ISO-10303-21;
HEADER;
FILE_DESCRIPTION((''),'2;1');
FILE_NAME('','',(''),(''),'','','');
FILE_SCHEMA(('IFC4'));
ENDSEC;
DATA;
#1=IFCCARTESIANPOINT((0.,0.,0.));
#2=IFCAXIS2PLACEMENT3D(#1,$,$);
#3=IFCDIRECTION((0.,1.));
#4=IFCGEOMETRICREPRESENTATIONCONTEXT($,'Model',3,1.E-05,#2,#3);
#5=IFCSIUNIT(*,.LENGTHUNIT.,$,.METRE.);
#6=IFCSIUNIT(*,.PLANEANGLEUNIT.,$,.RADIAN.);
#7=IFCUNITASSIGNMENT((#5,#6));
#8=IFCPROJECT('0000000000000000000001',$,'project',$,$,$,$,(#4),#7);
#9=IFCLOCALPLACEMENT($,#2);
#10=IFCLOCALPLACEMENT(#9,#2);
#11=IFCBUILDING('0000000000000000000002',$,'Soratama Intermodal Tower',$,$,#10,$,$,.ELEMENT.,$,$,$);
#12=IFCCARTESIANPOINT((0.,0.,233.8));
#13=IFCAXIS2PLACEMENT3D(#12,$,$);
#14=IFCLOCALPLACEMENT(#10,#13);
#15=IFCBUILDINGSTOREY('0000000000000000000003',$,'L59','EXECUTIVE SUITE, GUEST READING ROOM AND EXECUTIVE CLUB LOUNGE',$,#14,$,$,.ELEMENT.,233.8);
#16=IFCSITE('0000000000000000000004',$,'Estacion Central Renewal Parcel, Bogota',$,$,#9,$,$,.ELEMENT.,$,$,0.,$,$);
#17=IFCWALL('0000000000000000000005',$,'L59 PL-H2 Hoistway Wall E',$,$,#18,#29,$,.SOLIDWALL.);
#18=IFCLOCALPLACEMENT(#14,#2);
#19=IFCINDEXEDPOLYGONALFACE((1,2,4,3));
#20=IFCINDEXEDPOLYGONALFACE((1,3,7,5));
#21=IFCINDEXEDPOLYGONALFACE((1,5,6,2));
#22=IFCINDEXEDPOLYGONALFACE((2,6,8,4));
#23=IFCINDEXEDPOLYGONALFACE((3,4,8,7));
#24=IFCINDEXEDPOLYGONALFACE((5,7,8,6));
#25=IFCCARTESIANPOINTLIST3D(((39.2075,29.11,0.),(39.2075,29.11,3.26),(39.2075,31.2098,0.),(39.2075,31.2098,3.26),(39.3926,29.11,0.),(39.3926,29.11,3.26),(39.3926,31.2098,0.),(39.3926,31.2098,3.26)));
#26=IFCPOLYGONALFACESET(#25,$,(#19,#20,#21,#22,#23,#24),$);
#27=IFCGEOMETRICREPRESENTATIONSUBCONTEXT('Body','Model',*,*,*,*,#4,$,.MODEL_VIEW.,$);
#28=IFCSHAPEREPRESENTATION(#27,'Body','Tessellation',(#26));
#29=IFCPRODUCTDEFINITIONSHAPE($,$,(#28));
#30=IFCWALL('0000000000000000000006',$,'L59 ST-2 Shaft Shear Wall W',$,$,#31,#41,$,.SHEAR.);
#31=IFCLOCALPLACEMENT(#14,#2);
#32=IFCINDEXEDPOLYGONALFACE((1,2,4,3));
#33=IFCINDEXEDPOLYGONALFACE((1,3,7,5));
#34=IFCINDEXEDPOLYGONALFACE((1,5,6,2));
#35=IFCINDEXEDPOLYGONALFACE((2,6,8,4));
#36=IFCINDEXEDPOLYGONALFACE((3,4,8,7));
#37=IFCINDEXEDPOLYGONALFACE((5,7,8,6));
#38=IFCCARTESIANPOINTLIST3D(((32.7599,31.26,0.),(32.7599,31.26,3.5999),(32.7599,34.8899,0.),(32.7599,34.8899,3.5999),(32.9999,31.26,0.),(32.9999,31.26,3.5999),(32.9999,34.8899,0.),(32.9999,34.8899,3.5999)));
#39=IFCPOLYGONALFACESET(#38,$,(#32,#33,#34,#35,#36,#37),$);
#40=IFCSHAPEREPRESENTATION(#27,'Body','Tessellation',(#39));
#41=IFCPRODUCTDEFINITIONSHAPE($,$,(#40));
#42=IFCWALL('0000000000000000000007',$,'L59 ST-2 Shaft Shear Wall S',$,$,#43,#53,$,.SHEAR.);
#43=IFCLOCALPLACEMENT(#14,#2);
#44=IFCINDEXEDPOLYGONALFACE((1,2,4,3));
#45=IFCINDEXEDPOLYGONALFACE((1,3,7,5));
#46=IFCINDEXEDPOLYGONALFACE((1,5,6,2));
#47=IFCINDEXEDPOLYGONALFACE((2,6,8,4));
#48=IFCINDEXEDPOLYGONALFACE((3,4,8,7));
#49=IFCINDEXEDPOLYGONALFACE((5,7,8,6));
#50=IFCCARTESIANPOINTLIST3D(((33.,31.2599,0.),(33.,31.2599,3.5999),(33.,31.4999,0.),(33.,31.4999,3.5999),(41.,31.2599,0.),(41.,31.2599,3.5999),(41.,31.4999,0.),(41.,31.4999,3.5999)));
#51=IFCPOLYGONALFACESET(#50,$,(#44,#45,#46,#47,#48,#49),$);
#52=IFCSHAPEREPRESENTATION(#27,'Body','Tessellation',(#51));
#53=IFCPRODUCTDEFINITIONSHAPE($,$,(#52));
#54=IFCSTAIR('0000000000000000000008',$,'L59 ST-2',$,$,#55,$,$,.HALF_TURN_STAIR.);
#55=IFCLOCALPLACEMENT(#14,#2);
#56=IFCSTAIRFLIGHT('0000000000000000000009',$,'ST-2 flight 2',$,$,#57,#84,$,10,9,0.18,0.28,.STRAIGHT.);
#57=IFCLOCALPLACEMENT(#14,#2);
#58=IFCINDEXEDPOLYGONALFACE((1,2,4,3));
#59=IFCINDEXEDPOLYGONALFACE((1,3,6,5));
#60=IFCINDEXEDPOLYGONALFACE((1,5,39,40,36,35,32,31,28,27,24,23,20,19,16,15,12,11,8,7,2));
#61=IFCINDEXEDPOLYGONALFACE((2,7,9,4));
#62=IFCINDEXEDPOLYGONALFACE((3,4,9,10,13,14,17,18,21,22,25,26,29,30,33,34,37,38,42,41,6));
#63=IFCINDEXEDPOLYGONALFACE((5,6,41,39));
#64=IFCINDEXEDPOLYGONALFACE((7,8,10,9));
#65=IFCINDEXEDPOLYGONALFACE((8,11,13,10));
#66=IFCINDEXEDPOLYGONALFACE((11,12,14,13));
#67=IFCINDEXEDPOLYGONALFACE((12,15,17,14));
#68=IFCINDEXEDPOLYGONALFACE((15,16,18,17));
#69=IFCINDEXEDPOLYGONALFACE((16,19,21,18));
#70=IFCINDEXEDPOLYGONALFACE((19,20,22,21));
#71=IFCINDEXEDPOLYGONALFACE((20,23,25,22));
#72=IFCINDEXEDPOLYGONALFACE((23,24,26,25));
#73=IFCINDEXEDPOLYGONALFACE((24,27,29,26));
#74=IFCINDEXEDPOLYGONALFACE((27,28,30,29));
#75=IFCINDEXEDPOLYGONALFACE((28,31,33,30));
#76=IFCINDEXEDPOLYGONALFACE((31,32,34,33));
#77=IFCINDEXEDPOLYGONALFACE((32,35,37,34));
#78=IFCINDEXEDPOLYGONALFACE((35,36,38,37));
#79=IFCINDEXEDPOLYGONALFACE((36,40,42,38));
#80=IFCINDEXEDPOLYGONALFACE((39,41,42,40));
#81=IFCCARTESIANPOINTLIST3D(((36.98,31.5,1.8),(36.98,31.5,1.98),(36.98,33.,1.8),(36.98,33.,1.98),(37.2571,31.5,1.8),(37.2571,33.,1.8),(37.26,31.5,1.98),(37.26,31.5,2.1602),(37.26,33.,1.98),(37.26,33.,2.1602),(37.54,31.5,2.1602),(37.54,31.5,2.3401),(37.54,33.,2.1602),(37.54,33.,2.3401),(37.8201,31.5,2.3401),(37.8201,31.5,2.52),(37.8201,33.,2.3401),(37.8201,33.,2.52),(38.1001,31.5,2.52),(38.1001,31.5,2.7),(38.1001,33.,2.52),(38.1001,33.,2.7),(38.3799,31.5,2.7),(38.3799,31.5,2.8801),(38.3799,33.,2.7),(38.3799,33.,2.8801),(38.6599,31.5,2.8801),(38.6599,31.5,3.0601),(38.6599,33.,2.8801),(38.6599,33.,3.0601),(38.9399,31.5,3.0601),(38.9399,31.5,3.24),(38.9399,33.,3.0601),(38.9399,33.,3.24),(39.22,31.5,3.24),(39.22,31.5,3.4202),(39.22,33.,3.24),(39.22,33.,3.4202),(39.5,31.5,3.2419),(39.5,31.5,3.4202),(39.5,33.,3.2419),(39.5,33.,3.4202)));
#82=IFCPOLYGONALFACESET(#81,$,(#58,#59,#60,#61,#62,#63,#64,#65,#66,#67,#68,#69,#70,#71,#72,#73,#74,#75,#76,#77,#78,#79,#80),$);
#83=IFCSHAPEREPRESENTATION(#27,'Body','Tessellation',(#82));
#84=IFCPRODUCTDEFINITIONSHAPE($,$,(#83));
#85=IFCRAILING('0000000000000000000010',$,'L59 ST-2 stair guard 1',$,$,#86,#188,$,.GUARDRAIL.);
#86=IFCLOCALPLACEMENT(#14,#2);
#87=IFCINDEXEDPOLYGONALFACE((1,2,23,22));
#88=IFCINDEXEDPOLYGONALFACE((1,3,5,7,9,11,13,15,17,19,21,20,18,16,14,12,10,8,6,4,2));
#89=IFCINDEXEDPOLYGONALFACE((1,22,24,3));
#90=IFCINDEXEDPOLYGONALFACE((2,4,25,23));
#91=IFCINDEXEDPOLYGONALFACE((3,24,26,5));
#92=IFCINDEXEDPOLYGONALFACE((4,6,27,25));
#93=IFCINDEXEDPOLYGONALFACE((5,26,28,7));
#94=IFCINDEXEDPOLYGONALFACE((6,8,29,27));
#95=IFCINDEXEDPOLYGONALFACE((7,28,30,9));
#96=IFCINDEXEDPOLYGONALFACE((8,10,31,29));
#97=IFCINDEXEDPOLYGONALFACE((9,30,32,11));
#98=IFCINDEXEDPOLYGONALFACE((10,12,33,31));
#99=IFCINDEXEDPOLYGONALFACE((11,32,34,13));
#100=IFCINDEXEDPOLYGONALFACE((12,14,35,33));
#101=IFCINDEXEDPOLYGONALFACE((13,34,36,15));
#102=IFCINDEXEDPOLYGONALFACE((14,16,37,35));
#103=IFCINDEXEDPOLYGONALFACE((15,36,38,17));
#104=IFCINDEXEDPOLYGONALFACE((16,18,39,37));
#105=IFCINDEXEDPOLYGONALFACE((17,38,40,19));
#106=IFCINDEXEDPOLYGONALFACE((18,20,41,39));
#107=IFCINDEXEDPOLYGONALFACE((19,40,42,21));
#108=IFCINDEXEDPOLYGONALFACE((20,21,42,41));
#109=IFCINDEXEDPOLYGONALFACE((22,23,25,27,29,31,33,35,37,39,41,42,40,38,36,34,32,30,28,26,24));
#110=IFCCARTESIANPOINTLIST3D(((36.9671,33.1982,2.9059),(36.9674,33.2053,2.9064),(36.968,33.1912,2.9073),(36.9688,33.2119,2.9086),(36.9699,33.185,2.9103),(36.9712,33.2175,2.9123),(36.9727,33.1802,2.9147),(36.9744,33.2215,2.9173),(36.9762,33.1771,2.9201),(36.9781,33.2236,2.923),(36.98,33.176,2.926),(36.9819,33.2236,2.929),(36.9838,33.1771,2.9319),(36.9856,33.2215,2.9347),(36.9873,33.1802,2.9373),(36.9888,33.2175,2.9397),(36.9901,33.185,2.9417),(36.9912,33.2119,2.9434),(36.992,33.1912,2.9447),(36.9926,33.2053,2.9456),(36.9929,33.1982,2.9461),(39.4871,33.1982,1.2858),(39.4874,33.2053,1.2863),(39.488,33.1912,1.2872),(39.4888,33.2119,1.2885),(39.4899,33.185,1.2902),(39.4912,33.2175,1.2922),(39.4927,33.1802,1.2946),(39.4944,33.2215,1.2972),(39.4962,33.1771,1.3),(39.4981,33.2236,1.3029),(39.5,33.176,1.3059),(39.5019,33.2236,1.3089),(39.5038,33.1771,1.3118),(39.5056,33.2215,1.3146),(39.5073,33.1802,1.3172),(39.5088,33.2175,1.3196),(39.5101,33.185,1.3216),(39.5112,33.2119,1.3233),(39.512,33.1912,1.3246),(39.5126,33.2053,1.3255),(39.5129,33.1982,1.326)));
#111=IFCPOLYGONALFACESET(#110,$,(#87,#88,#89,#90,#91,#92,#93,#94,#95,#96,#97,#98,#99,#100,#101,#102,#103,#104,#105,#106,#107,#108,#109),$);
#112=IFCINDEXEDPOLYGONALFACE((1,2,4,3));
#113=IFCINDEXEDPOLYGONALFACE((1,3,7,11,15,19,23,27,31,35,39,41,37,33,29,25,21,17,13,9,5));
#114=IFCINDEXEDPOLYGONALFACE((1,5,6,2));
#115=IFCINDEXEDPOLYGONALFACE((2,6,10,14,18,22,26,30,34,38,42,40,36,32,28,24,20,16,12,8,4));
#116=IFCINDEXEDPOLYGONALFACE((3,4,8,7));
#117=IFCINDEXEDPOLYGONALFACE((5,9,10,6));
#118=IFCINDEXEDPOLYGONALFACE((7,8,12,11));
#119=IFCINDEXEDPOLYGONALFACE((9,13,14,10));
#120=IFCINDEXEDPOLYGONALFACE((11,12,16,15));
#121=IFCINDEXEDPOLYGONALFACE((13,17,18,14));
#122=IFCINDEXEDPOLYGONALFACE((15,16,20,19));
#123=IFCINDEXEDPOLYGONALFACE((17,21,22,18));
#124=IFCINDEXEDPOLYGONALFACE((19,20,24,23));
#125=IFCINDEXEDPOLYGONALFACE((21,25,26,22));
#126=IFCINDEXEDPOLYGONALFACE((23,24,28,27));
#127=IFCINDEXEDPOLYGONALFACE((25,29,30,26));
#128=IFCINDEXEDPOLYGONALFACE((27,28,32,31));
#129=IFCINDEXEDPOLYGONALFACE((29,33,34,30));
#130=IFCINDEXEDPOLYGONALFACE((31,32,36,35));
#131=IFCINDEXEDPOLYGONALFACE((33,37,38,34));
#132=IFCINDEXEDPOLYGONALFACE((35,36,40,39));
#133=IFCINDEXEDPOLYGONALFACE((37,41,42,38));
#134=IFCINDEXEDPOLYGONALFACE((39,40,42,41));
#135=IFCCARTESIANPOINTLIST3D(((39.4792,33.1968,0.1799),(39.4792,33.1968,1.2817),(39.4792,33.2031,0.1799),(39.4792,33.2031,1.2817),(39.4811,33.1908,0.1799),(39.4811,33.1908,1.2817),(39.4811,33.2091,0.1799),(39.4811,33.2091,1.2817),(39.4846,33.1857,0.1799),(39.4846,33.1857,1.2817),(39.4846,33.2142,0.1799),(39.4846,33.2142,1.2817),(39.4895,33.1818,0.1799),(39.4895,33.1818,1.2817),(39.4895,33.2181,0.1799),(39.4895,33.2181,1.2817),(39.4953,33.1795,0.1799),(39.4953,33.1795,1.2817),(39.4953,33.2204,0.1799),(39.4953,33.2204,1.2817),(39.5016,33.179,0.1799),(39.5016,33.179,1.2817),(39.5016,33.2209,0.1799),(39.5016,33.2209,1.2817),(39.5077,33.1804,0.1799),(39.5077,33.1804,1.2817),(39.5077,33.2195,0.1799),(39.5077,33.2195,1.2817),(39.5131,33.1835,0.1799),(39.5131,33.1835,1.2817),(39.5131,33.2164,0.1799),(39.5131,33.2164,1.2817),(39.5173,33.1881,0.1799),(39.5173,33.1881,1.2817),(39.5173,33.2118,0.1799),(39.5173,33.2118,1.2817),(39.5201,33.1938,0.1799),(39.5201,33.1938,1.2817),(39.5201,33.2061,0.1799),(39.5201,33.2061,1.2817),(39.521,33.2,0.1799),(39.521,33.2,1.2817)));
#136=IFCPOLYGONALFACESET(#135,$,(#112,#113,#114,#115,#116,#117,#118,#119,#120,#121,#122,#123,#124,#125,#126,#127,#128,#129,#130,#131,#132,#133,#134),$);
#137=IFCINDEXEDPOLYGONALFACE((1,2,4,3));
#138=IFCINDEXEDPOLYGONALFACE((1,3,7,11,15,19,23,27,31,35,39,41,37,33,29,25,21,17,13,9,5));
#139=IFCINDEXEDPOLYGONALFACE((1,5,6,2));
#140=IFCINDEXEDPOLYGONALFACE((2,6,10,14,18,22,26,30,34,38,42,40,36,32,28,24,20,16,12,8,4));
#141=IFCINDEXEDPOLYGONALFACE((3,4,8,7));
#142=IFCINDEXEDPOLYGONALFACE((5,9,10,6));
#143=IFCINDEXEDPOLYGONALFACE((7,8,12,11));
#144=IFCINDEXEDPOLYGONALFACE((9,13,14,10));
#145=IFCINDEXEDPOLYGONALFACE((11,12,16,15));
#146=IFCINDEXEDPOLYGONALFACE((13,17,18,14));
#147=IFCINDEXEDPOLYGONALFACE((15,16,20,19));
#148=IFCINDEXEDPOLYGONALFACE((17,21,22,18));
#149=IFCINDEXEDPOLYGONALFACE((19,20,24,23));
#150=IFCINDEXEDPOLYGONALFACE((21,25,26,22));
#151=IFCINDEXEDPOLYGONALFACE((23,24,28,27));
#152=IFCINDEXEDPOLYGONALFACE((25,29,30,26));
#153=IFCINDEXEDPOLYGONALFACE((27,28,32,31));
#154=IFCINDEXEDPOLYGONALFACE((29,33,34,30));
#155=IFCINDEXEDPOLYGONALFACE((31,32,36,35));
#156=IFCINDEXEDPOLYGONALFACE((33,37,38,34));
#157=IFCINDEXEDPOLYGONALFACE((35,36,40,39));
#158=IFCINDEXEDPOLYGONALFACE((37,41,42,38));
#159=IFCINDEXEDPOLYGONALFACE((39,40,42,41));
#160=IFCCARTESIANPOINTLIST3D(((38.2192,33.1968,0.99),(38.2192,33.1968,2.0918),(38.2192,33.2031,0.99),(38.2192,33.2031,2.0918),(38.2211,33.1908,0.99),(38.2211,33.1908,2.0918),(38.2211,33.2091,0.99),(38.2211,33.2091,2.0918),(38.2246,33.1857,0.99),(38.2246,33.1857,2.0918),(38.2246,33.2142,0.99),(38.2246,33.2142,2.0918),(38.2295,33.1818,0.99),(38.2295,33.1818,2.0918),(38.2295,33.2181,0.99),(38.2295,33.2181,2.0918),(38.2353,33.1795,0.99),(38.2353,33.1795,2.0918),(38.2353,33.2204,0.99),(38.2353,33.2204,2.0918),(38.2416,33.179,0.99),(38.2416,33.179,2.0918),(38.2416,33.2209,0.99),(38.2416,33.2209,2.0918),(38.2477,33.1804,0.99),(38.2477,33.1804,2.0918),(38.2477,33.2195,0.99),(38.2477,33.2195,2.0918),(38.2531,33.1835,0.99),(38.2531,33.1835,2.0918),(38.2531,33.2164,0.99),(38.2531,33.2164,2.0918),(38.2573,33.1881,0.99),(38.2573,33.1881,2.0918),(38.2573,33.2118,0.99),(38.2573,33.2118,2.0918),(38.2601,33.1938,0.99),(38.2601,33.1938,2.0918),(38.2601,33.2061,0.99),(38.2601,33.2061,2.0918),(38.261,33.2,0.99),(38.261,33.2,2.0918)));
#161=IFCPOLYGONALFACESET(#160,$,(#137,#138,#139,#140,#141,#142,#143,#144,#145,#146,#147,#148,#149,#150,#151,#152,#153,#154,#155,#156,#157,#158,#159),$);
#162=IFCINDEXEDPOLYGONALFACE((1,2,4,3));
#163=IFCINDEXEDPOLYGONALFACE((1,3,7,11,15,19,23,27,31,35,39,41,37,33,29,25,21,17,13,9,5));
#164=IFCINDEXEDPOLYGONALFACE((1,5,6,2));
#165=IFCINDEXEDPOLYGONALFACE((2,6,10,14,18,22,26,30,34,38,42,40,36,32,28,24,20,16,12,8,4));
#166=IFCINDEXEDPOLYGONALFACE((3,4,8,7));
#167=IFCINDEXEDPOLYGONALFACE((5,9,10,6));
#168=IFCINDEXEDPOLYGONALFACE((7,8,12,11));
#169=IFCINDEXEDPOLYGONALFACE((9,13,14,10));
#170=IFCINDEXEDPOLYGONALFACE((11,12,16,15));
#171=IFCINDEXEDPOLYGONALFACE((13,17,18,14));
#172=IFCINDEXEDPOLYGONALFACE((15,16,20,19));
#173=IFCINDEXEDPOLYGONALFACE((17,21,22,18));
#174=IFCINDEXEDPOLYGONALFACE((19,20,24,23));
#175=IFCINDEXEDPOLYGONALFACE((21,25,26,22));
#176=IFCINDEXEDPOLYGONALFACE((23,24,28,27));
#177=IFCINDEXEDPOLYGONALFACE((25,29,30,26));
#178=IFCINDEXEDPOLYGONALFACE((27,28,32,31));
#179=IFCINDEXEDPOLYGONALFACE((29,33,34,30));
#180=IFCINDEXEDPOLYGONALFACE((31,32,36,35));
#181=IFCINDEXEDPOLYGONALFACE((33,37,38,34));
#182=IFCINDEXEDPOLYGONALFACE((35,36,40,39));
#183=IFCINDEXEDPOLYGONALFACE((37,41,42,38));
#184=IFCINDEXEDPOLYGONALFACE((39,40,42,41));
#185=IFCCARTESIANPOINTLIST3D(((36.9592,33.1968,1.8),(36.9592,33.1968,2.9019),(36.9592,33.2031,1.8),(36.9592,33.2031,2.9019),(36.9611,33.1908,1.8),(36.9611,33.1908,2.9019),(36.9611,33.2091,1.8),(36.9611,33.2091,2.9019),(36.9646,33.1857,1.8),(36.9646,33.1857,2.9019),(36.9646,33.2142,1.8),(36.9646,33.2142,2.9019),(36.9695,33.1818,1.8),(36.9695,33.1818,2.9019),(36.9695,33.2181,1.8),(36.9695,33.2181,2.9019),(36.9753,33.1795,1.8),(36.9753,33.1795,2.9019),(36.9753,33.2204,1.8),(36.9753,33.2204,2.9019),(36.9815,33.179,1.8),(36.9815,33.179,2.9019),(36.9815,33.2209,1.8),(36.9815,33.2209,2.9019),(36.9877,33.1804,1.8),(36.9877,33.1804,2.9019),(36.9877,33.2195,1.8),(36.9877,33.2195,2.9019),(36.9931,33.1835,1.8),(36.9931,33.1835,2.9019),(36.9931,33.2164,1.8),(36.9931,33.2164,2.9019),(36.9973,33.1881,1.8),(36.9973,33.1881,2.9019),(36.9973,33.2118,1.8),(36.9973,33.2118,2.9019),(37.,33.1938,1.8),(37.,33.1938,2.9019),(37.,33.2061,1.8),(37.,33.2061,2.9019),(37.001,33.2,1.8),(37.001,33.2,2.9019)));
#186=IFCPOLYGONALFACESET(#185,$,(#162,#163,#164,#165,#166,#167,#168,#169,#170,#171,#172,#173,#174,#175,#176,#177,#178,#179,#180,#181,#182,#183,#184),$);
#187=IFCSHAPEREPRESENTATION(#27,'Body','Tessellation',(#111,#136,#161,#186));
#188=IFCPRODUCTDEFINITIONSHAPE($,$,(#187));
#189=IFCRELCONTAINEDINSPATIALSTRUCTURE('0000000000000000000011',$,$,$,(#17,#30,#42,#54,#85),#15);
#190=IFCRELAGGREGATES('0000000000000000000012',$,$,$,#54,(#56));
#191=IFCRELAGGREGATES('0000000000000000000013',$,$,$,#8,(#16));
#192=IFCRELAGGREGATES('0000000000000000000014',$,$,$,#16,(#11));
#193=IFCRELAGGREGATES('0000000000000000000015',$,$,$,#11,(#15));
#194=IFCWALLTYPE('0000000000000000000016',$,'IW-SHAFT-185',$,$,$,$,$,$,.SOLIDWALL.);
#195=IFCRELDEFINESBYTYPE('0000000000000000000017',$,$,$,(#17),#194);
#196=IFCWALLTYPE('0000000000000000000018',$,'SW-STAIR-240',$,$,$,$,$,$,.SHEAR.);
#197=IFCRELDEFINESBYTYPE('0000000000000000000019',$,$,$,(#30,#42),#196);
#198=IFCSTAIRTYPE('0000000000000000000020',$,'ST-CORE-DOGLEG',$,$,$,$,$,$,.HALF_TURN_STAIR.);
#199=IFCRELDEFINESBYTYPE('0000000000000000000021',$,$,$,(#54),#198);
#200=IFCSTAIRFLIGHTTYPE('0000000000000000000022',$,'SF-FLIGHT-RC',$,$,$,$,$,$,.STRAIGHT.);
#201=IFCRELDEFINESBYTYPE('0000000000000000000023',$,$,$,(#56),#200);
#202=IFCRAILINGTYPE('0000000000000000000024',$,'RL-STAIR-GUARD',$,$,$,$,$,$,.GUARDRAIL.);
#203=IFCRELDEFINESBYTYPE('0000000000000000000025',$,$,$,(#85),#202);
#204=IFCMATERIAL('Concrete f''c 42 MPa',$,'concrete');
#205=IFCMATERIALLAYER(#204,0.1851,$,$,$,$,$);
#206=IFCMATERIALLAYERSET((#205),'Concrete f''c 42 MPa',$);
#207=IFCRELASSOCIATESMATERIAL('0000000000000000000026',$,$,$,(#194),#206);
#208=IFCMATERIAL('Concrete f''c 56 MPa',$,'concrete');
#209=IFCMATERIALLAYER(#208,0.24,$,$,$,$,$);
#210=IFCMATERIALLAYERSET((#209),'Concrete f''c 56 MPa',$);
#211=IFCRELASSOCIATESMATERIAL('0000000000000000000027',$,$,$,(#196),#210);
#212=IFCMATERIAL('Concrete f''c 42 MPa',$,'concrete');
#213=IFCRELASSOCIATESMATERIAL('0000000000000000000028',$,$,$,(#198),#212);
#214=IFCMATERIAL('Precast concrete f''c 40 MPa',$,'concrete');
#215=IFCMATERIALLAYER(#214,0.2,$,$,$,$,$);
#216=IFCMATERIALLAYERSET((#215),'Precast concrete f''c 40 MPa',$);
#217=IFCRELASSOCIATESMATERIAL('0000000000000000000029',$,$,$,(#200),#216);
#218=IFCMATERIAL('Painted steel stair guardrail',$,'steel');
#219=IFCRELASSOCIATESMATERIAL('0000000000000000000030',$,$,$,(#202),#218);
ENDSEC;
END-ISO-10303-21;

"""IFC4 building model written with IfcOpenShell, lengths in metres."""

from ifc_helpers import new_model, si_unit, direction, frame, frame_2d, origin, origin_2d, place, context, subcontext, project, spatial, polyline, rectangle, circle, outline, extrude, material, layer, layer_set, type_object, element, aggregate, save


model = new_model("IFC4")

# Units and contexts
model_context = context("Model", 3, precision=1e-05, world=origin(), true_north=direction((0.0, 1.0)))
body_context = subcontext(model_context, "Body", "Model", "MODEL_VIEW")
ifc_project = project(units=[si_unit("LENGTHUNIT", "METRE"), si_unit("PLANEANGLEUNIT", "RADIAN")], contexts=[model_context])

# Site, building, storey
site_placement = place(None, origin())
site = spatial("IfcSite", under=ifc_project, at=site_placement, Name="Estacion Central Renewal Parcel, Bogota", CompositionType="ELEMENT", RefElevation=0.0)
building_placement = place(site_placement, origin())
building = spatial("IfcBuilding", under=site, at=building_placement, Name="Soratama Intermodal Tower", CompositionType="ELEMENT")
storey_placement = place(building_placement, frame((0.0, 0.0, 233.8)))
storey = spatial("IfcBuildingStorey", under=building, at=storey_placement, Name="L59", Description="EXECUTIVE SUITE, GUEST READING ROOM AND EXECUTIVE CLUB LOUNGE", CompositionType="ELEMENT", Elevation=233.8)

# Shared definitions
ifc_material_1 = material(Name="Concrete f'c 42 MPa", Category="concrete")
ifc_layer_1 = layer(ifc_material_1, 0.1851)
ifc_layer_set_1 = layer_set([ifc_layer_1], Name="Concrete f'c 42 MPa")
wall_type_1 = type_object("IfcWallType", Name="IW-SHAFT-185", PredefinedType="SOLIDWALL", material=ifc_layer_set_1)

# Walls
wall_1_placement = place(storey_placement, frame((39.3, 29.1101, 0.0), z_axis=(0.0, 0.0, 1.0), x_axis=(0.0, 1.0, 0.0)))
element("IfcWall", 1, at=wall_1_placement, inside=storey, type_object=wall_type_1, Name="L59 PL-H2 Hoistway Wall E", PredefinedType="SOLIDWALL", context=body_context, shape_type="SweptSolid", body=[
    extrude(rectangle(XDim=2.0999, YDim=0.1851, at=frame_2d((1.0498, 0.0))), origin(), (0.0, 0.0, 1.0), 3.26),
])
ifc_material_2 = material(Name="Concrete f'c 56 MPa", Category="concrete")
ifc_layer_2 = layer(ifc_material_2, 0.24)
ifc_layer_set_2 = layer_set([ifc_layer_2], Name="Concrete f'c 56 MPa")
wall_type_2 = type_object("IfcWallType", Name="SW-STAIR-240", PredefinedType="SHEAR", material=ifc_layer_set_2)
wall_2_placement = place(storey_placement, frame((32.8799, 31.26, 0.0), z_axis=(0.0, 0.0, 1.0), x_axis=(0.0, 1.0, 0.0)))
element("IfcWall", 2, at=wall_2_placement, inside=storey, type_object=wall_type_2, Name="L59 ST-2 Shaft Shear Wall W", PredefinedType="SHEAR", context=body_context, shape_type="SweptSolid", body=[
    extrude(rectangle(XDim=3.6299, YDim=0.24, at=frame_2d((1.8149, 0.0))), origin(), (0.0, 0.0, 1.0), 3.5999),
])
wall_3_placement = place(storey_placement, frame((33.0, 31.3799, 0.0), z_axis=(0.0, 0.0, 1.0), x_axis=(1.0, 0.0, 0.0)))
element("IfcWall", 3, at=wall_3_placement, inside=storey, type_object=wall_type_2, Name="L59 ST-2 Shaft Shear Wall S", PredefinedType="SHEAR", context=body_context, shape_type="SweptSolid", body=[
    extrude(rectangle(XDim=8.0, YDim=0.24, at=frame_2d((4.0, 0.0))), origin(), (0.0, 0.0, 1.0), 3.5999),
])

# Stair, stair flight
ifc_material_3 = material(Name="Concrete f'c 42 MPa", Category="concrete")
stair_type = type_object("IfcStairType", Name="ST-CORE-DOGLEG", PredefinedType="HALF_TURN_STAIR", material=ifc_material_3)
stair_placement = place(storey_placement, origin())
stair = element("IfcStair", 4, at=stair_placement, inside=storey, type_object=stair_type, Name="L59 ST-2", PredefinedType="HALF_TURN_STAIR")
ifc_material_4 = material(Name="Precast concrete f'c 40 MPa", Category="concrete")
ifc_layer_3 = layer(ifc_material_4, 0.2)
ifc_layer_set_3 = layer_set([ifc_layer_3], Name="Precast concrete f'c 40 MPa")
stair_flight_type = type_object("IfcStairFlightType", Name="SF-FLIGHT-RC", PredefinedType="STRAIGHT", material=ifc_layer_set_3)
stair_flight_placement = place(storey_placement, frame((36.98, 32.25, 1.8), z_axis=(0.0, 0.0, 1.0), x_axis=(1.0, 0.0, 0.0)))
stair_flight = element("IfcStairFlight", 5, at=stair_flight_placement, type_object=stair_flight_type, Name="ST-2 flight 2", NumberOfRisers=10, NumberOfTreads=9, PredefinedType="STRAIGHT", RiserHeight=0.18, TreadLength=0.28, context=body_context, shape_type="SweptSolid", body=[
    extrude(outline(polyline([(0.0, 0.0), (0.0, 0.1799), (0.28, 0.1799), (0.28, 0.3601), (0.5601, 0.3601), (0.5601, 0.54), (0.8401, 0.54), (0.8401, 0.72), (1.1201, 0.72), (1.1201, 0.8999), (1.3999, 0.8999), (1.3999, 1.0801), (1.6799, 1.0801), (1.6799, 1.26), (1.96, 1.26), (1.96, 1.4399), (2.24, 1.4399), (2.24, 1.6201), (2.52, 1.6201), (2.52, 1.8), (2.52, 1.4419), (0.2771, 0.0), (0.0, 0.0)])), frame((0.0, 0.75, 0.0), z_axis=(0.0, -1.0, 0.0), x_axis=(1.0, 0.0, 0.0)), (0.0, 0.0, 1.0), 1.5),
])
aggregate(stair, [stair_flight])

# Railing
ifc_material_5 = material(Name="Painted steel stair guardrail", Category="steel")
railing_type_1 = type_object("IfcRailingType", Name="RL-STAIR-GUARD", PredefinedType="GUARDRAIL", material=ifc_material_5)
railing_1_placement = place(storey_placement, frame((39.5, 33.2, 0.1799)))
element("IfcRailing", 6, at=railing_1_placement, inside=storey, type_object=railing_type_1, Name="L59 ST-2 stair guard 1", PredefinedType="GUARDRAIL", context=body_context, shape_type="SweptSolid", body=[
    extrude(circle(Radius=0.0239, at=origin_2d()), frame((0.0, 0.0, 1.126), z_axis=(-0.841163, 0.0, 0.540782), x_axis=(0.0, -1.0, 0.0)), (0.0, 0.0, 1.0), 2.9958),
    extrude(circle(Radius=0.021, at=origin_2d()), origin(), (0.0, 0.0, 1.0), 1.1018),
    extrude(circle(Radius=0.021, at=origin_2d()), frame((-1.26, 0.0, 0.8101)), (0.0, 0.0, 1.0), 1.1018),
    extrude(circle(Radius=0.021, at=origin_2d()), frame((-2.52, 0.0, 1.6201)), (0.0, 0.0, 1.0), 1.1018),
])

save(model, "model.ifc")
